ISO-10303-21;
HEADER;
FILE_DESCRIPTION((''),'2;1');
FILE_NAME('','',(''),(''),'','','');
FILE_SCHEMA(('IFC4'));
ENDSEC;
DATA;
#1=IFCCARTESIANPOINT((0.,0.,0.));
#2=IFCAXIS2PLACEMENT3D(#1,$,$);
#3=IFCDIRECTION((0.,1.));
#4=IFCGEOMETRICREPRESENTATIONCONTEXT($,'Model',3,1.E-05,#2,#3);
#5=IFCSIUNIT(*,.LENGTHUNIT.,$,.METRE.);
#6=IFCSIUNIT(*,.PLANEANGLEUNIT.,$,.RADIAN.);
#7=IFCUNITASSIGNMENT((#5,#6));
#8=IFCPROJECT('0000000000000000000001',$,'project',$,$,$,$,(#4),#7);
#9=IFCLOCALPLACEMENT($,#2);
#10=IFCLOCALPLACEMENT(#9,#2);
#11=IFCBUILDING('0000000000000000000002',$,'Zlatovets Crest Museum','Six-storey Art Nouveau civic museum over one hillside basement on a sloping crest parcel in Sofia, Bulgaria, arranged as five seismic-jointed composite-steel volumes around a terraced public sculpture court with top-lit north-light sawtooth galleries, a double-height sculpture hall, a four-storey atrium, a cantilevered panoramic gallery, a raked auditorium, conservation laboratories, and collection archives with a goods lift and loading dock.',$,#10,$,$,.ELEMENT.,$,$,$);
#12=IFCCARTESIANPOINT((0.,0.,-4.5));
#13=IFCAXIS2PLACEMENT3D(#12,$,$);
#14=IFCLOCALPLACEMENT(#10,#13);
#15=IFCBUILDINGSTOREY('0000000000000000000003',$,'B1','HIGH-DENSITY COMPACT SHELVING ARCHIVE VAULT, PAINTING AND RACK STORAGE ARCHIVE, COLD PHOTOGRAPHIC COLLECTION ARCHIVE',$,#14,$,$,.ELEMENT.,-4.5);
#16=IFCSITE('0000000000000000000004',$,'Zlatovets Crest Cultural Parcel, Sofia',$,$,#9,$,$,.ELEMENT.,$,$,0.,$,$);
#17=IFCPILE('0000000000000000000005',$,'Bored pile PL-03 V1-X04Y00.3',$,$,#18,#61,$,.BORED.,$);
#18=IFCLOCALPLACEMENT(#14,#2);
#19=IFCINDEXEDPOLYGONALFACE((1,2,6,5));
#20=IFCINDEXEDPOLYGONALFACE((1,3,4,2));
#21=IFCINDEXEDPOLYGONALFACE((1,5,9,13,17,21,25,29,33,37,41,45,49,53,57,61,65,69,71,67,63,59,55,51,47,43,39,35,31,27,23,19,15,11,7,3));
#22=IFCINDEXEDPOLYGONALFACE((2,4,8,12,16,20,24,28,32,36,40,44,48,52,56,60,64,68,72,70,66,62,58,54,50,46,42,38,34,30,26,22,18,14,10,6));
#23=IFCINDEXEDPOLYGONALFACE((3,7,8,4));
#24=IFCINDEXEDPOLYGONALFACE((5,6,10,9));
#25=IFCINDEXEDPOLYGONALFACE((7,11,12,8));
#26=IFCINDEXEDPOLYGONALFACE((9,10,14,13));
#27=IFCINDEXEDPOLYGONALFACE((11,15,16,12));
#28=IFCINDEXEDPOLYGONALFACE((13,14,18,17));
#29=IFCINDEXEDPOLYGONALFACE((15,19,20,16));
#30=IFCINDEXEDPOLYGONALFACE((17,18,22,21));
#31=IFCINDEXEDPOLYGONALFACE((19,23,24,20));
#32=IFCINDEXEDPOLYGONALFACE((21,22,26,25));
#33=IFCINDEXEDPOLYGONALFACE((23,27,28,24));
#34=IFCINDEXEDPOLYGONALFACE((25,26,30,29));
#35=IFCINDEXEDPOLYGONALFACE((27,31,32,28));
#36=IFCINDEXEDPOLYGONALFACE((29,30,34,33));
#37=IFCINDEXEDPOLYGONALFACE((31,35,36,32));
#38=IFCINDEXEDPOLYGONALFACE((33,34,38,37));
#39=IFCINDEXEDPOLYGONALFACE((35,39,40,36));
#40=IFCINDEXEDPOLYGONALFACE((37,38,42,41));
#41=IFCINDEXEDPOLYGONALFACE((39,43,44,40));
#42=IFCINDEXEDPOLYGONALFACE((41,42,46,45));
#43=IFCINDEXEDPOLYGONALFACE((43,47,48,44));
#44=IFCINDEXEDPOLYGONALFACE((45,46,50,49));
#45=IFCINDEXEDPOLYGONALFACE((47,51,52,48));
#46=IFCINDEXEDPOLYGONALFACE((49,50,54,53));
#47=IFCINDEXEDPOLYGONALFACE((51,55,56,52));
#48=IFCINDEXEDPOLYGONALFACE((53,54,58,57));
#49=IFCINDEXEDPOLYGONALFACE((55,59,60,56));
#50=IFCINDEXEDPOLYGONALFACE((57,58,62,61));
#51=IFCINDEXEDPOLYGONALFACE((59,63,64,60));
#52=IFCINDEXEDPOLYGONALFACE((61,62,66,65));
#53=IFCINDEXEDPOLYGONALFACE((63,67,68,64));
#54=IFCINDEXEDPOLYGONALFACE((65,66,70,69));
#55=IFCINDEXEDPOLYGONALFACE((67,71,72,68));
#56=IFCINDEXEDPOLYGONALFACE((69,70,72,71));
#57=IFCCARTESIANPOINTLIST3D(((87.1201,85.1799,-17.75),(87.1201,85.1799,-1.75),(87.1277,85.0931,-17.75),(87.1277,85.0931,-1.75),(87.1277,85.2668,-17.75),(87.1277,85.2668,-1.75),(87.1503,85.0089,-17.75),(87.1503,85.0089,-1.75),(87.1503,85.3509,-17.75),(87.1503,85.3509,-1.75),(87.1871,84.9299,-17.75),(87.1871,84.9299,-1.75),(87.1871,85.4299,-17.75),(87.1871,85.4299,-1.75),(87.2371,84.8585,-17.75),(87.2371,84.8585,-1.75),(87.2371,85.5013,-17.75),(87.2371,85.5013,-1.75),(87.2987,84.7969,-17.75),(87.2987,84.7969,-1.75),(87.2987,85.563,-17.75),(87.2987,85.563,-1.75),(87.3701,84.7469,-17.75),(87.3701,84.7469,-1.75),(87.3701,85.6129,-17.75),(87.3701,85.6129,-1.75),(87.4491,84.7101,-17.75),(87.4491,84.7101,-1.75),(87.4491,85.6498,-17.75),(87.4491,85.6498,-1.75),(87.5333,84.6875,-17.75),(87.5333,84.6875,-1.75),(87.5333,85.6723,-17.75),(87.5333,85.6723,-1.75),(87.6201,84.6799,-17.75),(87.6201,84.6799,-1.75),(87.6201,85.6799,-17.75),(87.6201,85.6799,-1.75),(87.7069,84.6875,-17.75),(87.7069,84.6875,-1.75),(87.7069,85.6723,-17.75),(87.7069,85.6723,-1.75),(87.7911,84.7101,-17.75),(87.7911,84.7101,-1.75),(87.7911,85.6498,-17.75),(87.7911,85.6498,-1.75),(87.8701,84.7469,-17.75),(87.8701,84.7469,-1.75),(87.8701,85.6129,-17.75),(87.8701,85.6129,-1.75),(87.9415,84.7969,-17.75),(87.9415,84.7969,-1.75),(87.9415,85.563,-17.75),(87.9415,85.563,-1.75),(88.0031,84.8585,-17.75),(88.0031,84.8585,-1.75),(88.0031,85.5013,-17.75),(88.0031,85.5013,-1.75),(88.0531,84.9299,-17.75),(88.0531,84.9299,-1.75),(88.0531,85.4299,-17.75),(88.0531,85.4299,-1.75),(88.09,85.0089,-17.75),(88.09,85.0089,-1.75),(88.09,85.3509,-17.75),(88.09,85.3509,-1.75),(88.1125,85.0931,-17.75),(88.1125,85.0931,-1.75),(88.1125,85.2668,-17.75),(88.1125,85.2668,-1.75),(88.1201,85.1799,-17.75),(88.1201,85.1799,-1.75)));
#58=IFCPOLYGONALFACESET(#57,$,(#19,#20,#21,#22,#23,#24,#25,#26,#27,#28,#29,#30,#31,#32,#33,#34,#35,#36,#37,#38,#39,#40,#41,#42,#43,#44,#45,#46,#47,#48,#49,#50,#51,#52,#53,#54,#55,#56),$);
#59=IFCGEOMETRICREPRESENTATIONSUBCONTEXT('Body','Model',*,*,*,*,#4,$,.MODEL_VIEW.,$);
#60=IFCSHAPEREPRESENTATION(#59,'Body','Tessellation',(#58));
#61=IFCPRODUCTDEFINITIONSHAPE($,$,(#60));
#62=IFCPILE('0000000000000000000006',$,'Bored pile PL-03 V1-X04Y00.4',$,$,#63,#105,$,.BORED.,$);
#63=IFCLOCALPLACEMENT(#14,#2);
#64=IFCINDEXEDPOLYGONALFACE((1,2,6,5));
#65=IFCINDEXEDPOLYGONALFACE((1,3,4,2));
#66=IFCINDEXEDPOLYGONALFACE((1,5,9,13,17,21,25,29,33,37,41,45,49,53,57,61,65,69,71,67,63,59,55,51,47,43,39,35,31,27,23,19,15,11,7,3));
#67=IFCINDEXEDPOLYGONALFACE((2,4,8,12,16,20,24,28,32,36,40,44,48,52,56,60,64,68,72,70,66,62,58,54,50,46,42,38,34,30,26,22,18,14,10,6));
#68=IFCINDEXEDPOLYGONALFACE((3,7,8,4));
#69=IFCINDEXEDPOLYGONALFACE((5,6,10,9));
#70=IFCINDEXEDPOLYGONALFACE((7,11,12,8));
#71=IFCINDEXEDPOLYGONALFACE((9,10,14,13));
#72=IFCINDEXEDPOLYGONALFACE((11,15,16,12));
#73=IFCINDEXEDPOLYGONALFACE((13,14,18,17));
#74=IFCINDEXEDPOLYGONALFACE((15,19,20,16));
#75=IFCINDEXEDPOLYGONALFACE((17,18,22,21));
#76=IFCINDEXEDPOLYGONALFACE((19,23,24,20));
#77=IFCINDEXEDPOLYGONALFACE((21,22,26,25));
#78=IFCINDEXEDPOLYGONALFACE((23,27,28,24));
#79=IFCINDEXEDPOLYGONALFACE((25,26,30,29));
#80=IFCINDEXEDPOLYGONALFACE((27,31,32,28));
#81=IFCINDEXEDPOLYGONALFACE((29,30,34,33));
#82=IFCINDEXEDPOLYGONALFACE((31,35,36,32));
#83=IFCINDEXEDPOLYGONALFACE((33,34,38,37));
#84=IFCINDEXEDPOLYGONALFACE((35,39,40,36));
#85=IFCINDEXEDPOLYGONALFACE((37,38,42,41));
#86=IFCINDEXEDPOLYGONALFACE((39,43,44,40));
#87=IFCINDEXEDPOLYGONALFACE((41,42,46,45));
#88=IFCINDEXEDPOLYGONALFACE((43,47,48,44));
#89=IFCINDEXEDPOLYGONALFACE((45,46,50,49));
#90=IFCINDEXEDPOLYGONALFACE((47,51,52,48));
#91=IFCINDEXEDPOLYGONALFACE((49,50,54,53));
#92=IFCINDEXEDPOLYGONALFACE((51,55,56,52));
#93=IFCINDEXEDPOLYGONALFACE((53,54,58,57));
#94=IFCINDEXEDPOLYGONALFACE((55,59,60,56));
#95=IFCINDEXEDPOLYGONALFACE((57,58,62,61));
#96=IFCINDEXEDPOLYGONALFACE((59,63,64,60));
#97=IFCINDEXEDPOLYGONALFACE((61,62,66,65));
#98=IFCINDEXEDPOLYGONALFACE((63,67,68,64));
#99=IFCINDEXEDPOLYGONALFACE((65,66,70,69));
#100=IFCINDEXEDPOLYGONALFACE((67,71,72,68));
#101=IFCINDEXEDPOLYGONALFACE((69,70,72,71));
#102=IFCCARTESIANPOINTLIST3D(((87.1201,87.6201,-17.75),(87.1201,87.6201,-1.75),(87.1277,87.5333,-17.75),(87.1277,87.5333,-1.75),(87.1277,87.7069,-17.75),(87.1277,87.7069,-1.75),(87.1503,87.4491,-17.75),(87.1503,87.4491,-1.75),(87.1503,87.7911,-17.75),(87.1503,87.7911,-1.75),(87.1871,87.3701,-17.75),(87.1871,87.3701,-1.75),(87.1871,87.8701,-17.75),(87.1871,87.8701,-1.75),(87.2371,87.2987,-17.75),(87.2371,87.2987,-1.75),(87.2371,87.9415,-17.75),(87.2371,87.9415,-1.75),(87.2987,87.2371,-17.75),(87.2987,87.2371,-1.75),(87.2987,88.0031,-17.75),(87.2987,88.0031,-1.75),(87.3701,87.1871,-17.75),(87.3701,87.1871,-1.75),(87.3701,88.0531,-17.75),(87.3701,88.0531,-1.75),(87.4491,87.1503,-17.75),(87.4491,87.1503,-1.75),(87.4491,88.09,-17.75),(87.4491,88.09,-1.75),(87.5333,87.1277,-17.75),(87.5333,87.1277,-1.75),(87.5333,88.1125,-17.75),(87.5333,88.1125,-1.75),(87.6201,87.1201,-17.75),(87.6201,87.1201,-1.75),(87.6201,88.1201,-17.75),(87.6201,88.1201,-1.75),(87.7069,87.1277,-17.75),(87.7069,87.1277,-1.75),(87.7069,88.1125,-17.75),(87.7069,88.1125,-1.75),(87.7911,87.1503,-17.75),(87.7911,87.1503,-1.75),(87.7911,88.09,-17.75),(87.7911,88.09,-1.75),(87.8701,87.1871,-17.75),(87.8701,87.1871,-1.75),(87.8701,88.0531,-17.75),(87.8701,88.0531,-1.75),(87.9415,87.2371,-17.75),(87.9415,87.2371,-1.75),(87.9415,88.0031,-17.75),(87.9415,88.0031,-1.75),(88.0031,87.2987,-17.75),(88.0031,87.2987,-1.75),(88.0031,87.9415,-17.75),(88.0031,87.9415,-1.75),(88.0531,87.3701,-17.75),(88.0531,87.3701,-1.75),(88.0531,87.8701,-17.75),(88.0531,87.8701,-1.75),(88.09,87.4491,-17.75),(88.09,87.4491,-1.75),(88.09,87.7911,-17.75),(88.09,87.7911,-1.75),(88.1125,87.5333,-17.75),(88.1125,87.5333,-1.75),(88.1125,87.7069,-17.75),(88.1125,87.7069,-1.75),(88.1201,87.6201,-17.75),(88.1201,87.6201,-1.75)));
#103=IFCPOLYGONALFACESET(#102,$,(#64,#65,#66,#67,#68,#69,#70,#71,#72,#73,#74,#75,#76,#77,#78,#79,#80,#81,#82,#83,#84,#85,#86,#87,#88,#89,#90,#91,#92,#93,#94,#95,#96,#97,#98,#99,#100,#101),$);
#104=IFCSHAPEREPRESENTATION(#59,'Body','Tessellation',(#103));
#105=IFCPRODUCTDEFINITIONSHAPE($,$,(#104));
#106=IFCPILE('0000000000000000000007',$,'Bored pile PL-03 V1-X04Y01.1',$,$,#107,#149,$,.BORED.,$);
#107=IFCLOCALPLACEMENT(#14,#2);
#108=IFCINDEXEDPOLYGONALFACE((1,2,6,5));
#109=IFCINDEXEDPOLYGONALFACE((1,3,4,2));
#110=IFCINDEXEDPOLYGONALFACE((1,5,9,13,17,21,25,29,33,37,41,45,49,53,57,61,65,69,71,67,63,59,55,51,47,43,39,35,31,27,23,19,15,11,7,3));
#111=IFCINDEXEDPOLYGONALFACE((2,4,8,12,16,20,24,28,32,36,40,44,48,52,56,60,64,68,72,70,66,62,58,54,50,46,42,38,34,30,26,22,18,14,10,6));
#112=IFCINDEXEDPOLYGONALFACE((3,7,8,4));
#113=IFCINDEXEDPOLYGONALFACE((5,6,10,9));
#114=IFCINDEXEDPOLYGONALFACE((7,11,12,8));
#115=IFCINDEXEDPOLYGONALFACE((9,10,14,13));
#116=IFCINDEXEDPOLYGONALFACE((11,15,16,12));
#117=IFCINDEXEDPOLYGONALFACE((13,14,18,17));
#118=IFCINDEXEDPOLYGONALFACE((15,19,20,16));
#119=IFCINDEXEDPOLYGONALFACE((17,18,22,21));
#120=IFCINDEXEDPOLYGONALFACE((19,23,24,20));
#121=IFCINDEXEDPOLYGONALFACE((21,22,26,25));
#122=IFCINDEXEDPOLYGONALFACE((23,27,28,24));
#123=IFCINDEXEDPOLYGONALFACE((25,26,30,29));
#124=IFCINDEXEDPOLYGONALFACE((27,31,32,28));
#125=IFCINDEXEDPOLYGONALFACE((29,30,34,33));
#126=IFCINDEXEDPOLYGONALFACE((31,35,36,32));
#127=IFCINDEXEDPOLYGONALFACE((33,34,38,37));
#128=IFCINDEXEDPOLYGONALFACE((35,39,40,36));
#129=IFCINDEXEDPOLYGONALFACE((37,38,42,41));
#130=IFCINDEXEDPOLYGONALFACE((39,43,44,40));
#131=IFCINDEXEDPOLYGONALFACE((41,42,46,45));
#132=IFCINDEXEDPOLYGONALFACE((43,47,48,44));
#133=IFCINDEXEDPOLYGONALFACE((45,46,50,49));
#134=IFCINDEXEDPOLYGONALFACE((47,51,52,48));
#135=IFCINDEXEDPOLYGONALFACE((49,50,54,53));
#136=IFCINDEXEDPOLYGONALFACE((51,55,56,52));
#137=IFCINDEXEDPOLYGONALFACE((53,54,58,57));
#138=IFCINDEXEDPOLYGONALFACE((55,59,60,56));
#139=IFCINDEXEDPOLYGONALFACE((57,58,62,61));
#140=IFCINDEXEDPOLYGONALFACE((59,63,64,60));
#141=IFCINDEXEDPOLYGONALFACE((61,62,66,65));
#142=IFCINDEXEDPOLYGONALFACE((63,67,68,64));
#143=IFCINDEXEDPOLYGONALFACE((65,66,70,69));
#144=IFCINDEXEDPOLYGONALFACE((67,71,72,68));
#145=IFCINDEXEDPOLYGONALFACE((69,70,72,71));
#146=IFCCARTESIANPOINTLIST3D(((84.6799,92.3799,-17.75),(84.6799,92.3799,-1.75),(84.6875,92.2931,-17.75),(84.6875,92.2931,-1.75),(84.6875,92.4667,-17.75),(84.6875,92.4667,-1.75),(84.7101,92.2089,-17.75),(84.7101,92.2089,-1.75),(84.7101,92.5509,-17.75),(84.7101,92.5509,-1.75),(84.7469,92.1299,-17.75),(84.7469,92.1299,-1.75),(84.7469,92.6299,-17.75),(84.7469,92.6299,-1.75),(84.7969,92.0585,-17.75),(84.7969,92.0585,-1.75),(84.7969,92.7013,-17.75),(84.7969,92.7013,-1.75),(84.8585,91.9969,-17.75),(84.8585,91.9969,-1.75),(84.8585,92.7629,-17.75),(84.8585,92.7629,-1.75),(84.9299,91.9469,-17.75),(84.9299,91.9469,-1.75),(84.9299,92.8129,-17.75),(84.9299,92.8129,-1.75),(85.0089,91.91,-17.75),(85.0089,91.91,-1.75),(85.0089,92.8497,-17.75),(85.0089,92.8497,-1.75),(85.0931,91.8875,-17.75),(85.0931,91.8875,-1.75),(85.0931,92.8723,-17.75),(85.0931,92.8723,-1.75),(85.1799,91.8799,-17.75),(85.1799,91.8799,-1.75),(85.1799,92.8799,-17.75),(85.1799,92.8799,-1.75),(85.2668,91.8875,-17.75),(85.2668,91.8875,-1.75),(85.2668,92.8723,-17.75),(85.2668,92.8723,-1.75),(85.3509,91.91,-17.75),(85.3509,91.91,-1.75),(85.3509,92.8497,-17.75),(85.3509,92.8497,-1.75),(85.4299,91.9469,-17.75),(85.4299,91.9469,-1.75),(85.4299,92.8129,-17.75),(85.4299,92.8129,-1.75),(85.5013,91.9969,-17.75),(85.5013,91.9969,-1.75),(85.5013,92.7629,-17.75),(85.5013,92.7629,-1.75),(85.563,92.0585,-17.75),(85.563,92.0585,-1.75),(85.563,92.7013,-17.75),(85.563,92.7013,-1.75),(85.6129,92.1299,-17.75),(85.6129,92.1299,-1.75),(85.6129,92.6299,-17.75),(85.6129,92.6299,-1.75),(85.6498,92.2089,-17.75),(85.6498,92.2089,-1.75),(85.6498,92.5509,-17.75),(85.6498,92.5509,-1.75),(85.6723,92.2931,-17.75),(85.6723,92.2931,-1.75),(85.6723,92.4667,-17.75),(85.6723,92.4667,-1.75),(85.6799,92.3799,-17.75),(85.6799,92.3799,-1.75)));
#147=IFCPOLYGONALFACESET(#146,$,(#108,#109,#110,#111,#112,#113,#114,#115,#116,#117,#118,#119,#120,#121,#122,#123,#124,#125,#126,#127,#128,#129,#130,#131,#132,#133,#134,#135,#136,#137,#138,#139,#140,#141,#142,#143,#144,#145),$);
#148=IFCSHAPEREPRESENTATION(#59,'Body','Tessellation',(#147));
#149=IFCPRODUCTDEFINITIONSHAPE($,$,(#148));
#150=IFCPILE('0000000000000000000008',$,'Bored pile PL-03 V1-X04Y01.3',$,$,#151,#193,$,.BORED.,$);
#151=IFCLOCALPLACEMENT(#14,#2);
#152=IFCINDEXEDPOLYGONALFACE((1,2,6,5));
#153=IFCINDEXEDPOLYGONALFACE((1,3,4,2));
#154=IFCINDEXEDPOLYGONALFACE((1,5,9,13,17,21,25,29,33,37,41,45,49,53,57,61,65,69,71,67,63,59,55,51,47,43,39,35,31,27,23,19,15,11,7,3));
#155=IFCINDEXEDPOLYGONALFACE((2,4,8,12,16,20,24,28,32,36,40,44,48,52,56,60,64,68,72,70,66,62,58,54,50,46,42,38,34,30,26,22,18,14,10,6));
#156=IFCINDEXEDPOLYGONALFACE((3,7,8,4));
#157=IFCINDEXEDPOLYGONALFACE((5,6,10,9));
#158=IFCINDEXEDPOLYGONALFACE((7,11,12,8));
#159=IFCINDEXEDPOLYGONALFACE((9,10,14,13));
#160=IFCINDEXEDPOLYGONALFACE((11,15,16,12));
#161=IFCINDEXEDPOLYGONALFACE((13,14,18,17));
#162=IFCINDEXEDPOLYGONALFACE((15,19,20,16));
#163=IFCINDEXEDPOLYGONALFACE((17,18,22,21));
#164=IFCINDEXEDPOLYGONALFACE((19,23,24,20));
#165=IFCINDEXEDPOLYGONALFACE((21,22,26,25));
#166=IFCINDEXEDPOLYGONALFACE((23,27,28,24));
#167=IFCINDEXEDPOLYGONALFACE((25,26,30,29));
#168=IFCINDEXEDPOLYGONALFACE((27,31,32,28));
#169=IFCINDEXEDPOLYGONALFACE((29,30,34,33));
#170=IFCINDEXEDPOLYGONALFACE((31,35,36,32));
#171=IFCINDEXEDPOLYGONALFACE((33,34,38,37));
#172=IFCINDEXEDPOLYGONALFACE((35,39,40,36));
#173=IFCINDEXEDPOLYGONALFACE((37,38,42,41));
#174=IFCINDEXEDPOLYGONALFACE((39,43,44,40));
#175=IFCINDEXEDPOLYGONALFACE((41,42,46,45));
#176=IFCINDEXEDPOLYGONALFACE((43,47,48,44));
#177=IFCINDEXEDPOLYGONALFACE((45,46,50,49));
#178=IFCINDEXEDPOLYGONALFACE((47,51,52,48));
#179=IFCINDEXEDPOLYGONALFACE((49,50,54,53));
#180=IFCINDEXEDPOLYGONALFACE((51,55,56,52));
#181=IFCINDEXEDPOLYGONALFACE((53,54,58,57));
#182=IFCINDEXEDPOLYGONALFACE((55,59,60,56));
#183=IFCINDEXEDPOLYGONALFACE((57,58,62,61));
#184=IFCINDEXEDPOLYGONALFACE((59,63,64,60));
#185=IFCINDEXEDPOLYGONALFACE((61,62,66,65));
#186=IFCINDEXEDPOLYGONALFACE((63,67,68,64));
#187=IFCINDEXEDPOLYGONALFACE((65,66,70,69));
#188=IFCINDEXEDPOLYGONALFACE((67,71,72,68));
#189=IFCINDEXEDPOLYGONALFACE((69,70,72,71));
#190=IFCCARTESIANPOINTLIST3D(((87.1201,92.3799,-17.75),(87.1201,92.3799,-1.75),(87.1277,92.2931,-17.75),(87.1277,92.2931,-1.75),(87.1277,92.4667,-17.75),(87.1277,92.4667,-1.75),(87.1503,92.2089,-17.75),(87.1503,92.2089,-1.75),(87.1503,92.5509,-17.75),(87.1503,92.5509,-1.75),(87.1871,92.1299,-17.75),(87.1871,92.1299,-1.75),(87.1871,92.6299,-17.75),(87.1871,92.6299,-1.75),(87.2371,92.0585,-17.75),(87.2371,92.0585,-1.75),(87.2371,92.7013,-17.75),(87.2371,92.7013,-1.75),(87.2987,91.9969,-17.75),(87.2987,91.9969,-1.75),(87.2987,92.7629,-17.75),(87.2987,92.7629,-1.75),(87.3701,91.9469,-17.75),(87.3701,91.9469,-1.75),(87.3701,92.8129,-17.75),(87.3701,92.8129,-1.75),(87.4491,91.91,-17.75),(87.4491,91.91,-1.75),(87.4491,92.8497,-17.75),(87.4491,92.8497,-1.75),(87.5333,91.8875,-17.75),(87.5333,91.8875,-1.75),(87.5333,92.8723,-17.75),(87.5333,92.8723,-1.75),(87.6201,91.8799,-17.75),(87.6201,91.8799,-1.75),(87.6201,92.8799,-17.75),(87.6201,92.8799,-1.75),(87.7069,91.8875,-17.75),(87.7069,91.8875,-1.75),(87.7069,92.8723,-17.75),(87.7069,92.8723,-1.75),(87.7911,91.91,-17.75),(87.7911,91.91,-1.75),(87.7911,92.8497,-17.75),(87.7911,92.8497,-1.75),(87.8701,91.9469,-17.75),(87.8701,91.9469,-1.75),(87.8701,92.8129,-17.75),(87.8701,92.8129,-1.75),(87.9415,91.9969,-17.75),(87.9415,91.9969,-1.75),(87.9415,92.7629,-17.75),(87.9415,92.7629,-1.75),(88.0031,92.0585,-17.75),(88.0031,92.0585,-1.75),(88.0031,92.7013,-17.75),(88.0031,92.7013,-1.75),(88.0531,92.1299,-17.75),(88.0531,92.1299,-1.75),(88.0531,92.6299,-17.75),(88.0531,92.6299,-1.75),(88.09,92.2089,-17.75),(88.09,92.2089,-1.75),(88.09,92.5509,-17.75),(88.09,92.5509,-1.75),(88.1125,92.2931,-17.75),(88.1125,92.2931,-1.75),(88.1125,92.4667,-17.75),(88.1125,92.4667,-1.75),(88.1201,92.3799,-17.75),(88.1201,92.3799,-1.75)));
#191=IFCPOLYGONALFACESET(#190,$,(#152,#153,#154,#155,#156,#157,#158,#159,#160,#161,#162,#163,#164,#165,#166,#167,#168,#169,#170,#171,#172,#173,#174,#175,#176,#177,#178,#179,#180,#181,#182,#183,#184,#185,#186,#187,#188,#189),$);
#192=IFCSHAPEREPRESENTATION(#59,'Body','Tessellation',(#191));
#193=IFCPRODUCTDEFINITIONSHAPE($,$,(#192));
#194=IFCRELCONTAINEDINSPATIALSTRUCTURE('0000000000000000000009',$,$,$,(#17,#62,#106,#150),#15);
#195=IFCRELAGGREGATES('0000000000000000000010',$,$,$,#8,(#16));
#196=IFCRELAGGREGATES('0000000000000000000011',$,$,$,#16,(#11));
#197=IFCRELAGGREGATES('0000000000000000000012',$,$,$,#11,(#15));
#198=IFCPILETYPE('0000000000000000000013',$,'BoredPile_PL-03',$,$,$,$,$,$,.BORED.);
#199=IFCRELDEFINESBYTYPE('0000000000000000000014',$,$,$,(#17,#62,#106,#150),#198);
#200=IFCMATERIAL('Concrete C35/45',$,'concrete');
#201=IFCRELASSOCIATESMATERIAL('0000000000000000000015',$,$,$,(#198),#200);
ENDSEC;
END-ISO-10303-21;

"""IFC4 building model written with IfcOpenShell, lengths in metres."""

from ifc_helpers import new_model, si_unit, direction, frame, origin, origin_2d, place, context, subcontext, project, spatial, circle, extrude, material, material_profile, profile_set, type_object, element, save


model = new_model("IFC4")

# Units and contexts
model_context = context("Model", 3, precision=1e-05, world=origin(), true_north=direction((0.0, 1.0)))
body_context = subcontext(model_context, "Body", "Model", "MODEL_VIEW")
ifc_project = project(units=[si_unit("LENGTHUNIT", "METRE"), si_unit("PLANEANGLEUNIT", "RADIAN")], contexts=[model_context])

# Site, building, storey
site_placement = place(None, origin())
site = spatial("IfcSite", under=ifc_project, at=site_placement, Name="Zlatovets Crest Cultural Parcel, Sofia", CompositionType="ELEMENT", RefElevation=0.0)
building_placement = place(site_placement, origin())
building = spatial("IfcBuilding", under=site, at=building_placement, Name="Zlatovets Crest Museum", Description="Six-storey Art Nouveau civic museum over one hillside basement on a sloping crest parcel in Sofia, Bulgaria, arranged as five seismic-jointed composite-steel volumes around a terraced public sculpture court with top-lit north-light sawtooth galleries, a double-height sculpture hall, a four-storey atrium, a cantilevered panoramic gallery, a raked auditorium, conservation laboratories, and collection archives with a goods lift and loading dock.", CompositionType="ELEMENT")
storey_placement = place(building_placement, frame((0.0, 0.0, -4.5)))
storey = spatial("IfcBuildingStorey", under=building, at=storey_placement, Name="B1", Description="HIGH-DENSITY COMPACT SHELVING ARCHIVE VAULT, PAINTING AND RACK STORAGE ARCHIVE, COLD PHOTOGRAPHIC COLLECTION ARCHIVE", CompositionType="ELEMENT", Elevation=-4.5)

# Piles
ifc_material_1 = material(Name="Concrete C35/45", Category="concrete")
ifc_material_profile_1 = material_profile(ifc_material_1, circle(Radius=0.5, at=origin_2d()), Name="PILE D1000")
ifc_profile_set_1 = profile_set([ifc_material_profile_1], Name="Concrete C35/45")
pile_type_1 = type_object("IfcPileType", Name="BoredPile_PL-03", PredefinedType="BORED", material=ifc_profile_set_1)
for number, where, z_axis, x_axis, name in (
    (1, (87.6201, 85.1799, -1.75), (0.0, 0.0, -1.0), (1.0, 0.0, 0.0), "Bored pile PL-03 V1-X04Y00.3"),
    (2, (87.6201, 87.6201, -1.75), (0.0, 0.0, -1.0), (1.0, 0.0, 0.0), "Bored pile PL-03 V1-X04Y00.4"),
    (3, (85.1799, 92.3799, -1.75), (0.0, 0.0, -1.0), (1.0, 0.0, 0.0), "Bored pile PL-03 V1-X04Y01.1"),
    (4, (87.6201, 92.3799, -1.75), (0.0, 0.0, -1.0), (1.0, 0.0, 0.0), "Bored pile PL-03 V1-X04Y01.3"),
):
    element("IfcPile", number, at=place(storey_placement, frame(where, z_axis=z_axis, x_axis=x_axis)), inside=storey, type_object=pile_type_1, Name=name, PredefinedType="BORED", context=body_context, shape_type="SweptSolid", body=[
        extrude(circle(Radius=0.5, at=origin_2d()), origin(), (0.0, 0.0, 1.0), 16.0),
    ])

save(model, "model.ifc")
